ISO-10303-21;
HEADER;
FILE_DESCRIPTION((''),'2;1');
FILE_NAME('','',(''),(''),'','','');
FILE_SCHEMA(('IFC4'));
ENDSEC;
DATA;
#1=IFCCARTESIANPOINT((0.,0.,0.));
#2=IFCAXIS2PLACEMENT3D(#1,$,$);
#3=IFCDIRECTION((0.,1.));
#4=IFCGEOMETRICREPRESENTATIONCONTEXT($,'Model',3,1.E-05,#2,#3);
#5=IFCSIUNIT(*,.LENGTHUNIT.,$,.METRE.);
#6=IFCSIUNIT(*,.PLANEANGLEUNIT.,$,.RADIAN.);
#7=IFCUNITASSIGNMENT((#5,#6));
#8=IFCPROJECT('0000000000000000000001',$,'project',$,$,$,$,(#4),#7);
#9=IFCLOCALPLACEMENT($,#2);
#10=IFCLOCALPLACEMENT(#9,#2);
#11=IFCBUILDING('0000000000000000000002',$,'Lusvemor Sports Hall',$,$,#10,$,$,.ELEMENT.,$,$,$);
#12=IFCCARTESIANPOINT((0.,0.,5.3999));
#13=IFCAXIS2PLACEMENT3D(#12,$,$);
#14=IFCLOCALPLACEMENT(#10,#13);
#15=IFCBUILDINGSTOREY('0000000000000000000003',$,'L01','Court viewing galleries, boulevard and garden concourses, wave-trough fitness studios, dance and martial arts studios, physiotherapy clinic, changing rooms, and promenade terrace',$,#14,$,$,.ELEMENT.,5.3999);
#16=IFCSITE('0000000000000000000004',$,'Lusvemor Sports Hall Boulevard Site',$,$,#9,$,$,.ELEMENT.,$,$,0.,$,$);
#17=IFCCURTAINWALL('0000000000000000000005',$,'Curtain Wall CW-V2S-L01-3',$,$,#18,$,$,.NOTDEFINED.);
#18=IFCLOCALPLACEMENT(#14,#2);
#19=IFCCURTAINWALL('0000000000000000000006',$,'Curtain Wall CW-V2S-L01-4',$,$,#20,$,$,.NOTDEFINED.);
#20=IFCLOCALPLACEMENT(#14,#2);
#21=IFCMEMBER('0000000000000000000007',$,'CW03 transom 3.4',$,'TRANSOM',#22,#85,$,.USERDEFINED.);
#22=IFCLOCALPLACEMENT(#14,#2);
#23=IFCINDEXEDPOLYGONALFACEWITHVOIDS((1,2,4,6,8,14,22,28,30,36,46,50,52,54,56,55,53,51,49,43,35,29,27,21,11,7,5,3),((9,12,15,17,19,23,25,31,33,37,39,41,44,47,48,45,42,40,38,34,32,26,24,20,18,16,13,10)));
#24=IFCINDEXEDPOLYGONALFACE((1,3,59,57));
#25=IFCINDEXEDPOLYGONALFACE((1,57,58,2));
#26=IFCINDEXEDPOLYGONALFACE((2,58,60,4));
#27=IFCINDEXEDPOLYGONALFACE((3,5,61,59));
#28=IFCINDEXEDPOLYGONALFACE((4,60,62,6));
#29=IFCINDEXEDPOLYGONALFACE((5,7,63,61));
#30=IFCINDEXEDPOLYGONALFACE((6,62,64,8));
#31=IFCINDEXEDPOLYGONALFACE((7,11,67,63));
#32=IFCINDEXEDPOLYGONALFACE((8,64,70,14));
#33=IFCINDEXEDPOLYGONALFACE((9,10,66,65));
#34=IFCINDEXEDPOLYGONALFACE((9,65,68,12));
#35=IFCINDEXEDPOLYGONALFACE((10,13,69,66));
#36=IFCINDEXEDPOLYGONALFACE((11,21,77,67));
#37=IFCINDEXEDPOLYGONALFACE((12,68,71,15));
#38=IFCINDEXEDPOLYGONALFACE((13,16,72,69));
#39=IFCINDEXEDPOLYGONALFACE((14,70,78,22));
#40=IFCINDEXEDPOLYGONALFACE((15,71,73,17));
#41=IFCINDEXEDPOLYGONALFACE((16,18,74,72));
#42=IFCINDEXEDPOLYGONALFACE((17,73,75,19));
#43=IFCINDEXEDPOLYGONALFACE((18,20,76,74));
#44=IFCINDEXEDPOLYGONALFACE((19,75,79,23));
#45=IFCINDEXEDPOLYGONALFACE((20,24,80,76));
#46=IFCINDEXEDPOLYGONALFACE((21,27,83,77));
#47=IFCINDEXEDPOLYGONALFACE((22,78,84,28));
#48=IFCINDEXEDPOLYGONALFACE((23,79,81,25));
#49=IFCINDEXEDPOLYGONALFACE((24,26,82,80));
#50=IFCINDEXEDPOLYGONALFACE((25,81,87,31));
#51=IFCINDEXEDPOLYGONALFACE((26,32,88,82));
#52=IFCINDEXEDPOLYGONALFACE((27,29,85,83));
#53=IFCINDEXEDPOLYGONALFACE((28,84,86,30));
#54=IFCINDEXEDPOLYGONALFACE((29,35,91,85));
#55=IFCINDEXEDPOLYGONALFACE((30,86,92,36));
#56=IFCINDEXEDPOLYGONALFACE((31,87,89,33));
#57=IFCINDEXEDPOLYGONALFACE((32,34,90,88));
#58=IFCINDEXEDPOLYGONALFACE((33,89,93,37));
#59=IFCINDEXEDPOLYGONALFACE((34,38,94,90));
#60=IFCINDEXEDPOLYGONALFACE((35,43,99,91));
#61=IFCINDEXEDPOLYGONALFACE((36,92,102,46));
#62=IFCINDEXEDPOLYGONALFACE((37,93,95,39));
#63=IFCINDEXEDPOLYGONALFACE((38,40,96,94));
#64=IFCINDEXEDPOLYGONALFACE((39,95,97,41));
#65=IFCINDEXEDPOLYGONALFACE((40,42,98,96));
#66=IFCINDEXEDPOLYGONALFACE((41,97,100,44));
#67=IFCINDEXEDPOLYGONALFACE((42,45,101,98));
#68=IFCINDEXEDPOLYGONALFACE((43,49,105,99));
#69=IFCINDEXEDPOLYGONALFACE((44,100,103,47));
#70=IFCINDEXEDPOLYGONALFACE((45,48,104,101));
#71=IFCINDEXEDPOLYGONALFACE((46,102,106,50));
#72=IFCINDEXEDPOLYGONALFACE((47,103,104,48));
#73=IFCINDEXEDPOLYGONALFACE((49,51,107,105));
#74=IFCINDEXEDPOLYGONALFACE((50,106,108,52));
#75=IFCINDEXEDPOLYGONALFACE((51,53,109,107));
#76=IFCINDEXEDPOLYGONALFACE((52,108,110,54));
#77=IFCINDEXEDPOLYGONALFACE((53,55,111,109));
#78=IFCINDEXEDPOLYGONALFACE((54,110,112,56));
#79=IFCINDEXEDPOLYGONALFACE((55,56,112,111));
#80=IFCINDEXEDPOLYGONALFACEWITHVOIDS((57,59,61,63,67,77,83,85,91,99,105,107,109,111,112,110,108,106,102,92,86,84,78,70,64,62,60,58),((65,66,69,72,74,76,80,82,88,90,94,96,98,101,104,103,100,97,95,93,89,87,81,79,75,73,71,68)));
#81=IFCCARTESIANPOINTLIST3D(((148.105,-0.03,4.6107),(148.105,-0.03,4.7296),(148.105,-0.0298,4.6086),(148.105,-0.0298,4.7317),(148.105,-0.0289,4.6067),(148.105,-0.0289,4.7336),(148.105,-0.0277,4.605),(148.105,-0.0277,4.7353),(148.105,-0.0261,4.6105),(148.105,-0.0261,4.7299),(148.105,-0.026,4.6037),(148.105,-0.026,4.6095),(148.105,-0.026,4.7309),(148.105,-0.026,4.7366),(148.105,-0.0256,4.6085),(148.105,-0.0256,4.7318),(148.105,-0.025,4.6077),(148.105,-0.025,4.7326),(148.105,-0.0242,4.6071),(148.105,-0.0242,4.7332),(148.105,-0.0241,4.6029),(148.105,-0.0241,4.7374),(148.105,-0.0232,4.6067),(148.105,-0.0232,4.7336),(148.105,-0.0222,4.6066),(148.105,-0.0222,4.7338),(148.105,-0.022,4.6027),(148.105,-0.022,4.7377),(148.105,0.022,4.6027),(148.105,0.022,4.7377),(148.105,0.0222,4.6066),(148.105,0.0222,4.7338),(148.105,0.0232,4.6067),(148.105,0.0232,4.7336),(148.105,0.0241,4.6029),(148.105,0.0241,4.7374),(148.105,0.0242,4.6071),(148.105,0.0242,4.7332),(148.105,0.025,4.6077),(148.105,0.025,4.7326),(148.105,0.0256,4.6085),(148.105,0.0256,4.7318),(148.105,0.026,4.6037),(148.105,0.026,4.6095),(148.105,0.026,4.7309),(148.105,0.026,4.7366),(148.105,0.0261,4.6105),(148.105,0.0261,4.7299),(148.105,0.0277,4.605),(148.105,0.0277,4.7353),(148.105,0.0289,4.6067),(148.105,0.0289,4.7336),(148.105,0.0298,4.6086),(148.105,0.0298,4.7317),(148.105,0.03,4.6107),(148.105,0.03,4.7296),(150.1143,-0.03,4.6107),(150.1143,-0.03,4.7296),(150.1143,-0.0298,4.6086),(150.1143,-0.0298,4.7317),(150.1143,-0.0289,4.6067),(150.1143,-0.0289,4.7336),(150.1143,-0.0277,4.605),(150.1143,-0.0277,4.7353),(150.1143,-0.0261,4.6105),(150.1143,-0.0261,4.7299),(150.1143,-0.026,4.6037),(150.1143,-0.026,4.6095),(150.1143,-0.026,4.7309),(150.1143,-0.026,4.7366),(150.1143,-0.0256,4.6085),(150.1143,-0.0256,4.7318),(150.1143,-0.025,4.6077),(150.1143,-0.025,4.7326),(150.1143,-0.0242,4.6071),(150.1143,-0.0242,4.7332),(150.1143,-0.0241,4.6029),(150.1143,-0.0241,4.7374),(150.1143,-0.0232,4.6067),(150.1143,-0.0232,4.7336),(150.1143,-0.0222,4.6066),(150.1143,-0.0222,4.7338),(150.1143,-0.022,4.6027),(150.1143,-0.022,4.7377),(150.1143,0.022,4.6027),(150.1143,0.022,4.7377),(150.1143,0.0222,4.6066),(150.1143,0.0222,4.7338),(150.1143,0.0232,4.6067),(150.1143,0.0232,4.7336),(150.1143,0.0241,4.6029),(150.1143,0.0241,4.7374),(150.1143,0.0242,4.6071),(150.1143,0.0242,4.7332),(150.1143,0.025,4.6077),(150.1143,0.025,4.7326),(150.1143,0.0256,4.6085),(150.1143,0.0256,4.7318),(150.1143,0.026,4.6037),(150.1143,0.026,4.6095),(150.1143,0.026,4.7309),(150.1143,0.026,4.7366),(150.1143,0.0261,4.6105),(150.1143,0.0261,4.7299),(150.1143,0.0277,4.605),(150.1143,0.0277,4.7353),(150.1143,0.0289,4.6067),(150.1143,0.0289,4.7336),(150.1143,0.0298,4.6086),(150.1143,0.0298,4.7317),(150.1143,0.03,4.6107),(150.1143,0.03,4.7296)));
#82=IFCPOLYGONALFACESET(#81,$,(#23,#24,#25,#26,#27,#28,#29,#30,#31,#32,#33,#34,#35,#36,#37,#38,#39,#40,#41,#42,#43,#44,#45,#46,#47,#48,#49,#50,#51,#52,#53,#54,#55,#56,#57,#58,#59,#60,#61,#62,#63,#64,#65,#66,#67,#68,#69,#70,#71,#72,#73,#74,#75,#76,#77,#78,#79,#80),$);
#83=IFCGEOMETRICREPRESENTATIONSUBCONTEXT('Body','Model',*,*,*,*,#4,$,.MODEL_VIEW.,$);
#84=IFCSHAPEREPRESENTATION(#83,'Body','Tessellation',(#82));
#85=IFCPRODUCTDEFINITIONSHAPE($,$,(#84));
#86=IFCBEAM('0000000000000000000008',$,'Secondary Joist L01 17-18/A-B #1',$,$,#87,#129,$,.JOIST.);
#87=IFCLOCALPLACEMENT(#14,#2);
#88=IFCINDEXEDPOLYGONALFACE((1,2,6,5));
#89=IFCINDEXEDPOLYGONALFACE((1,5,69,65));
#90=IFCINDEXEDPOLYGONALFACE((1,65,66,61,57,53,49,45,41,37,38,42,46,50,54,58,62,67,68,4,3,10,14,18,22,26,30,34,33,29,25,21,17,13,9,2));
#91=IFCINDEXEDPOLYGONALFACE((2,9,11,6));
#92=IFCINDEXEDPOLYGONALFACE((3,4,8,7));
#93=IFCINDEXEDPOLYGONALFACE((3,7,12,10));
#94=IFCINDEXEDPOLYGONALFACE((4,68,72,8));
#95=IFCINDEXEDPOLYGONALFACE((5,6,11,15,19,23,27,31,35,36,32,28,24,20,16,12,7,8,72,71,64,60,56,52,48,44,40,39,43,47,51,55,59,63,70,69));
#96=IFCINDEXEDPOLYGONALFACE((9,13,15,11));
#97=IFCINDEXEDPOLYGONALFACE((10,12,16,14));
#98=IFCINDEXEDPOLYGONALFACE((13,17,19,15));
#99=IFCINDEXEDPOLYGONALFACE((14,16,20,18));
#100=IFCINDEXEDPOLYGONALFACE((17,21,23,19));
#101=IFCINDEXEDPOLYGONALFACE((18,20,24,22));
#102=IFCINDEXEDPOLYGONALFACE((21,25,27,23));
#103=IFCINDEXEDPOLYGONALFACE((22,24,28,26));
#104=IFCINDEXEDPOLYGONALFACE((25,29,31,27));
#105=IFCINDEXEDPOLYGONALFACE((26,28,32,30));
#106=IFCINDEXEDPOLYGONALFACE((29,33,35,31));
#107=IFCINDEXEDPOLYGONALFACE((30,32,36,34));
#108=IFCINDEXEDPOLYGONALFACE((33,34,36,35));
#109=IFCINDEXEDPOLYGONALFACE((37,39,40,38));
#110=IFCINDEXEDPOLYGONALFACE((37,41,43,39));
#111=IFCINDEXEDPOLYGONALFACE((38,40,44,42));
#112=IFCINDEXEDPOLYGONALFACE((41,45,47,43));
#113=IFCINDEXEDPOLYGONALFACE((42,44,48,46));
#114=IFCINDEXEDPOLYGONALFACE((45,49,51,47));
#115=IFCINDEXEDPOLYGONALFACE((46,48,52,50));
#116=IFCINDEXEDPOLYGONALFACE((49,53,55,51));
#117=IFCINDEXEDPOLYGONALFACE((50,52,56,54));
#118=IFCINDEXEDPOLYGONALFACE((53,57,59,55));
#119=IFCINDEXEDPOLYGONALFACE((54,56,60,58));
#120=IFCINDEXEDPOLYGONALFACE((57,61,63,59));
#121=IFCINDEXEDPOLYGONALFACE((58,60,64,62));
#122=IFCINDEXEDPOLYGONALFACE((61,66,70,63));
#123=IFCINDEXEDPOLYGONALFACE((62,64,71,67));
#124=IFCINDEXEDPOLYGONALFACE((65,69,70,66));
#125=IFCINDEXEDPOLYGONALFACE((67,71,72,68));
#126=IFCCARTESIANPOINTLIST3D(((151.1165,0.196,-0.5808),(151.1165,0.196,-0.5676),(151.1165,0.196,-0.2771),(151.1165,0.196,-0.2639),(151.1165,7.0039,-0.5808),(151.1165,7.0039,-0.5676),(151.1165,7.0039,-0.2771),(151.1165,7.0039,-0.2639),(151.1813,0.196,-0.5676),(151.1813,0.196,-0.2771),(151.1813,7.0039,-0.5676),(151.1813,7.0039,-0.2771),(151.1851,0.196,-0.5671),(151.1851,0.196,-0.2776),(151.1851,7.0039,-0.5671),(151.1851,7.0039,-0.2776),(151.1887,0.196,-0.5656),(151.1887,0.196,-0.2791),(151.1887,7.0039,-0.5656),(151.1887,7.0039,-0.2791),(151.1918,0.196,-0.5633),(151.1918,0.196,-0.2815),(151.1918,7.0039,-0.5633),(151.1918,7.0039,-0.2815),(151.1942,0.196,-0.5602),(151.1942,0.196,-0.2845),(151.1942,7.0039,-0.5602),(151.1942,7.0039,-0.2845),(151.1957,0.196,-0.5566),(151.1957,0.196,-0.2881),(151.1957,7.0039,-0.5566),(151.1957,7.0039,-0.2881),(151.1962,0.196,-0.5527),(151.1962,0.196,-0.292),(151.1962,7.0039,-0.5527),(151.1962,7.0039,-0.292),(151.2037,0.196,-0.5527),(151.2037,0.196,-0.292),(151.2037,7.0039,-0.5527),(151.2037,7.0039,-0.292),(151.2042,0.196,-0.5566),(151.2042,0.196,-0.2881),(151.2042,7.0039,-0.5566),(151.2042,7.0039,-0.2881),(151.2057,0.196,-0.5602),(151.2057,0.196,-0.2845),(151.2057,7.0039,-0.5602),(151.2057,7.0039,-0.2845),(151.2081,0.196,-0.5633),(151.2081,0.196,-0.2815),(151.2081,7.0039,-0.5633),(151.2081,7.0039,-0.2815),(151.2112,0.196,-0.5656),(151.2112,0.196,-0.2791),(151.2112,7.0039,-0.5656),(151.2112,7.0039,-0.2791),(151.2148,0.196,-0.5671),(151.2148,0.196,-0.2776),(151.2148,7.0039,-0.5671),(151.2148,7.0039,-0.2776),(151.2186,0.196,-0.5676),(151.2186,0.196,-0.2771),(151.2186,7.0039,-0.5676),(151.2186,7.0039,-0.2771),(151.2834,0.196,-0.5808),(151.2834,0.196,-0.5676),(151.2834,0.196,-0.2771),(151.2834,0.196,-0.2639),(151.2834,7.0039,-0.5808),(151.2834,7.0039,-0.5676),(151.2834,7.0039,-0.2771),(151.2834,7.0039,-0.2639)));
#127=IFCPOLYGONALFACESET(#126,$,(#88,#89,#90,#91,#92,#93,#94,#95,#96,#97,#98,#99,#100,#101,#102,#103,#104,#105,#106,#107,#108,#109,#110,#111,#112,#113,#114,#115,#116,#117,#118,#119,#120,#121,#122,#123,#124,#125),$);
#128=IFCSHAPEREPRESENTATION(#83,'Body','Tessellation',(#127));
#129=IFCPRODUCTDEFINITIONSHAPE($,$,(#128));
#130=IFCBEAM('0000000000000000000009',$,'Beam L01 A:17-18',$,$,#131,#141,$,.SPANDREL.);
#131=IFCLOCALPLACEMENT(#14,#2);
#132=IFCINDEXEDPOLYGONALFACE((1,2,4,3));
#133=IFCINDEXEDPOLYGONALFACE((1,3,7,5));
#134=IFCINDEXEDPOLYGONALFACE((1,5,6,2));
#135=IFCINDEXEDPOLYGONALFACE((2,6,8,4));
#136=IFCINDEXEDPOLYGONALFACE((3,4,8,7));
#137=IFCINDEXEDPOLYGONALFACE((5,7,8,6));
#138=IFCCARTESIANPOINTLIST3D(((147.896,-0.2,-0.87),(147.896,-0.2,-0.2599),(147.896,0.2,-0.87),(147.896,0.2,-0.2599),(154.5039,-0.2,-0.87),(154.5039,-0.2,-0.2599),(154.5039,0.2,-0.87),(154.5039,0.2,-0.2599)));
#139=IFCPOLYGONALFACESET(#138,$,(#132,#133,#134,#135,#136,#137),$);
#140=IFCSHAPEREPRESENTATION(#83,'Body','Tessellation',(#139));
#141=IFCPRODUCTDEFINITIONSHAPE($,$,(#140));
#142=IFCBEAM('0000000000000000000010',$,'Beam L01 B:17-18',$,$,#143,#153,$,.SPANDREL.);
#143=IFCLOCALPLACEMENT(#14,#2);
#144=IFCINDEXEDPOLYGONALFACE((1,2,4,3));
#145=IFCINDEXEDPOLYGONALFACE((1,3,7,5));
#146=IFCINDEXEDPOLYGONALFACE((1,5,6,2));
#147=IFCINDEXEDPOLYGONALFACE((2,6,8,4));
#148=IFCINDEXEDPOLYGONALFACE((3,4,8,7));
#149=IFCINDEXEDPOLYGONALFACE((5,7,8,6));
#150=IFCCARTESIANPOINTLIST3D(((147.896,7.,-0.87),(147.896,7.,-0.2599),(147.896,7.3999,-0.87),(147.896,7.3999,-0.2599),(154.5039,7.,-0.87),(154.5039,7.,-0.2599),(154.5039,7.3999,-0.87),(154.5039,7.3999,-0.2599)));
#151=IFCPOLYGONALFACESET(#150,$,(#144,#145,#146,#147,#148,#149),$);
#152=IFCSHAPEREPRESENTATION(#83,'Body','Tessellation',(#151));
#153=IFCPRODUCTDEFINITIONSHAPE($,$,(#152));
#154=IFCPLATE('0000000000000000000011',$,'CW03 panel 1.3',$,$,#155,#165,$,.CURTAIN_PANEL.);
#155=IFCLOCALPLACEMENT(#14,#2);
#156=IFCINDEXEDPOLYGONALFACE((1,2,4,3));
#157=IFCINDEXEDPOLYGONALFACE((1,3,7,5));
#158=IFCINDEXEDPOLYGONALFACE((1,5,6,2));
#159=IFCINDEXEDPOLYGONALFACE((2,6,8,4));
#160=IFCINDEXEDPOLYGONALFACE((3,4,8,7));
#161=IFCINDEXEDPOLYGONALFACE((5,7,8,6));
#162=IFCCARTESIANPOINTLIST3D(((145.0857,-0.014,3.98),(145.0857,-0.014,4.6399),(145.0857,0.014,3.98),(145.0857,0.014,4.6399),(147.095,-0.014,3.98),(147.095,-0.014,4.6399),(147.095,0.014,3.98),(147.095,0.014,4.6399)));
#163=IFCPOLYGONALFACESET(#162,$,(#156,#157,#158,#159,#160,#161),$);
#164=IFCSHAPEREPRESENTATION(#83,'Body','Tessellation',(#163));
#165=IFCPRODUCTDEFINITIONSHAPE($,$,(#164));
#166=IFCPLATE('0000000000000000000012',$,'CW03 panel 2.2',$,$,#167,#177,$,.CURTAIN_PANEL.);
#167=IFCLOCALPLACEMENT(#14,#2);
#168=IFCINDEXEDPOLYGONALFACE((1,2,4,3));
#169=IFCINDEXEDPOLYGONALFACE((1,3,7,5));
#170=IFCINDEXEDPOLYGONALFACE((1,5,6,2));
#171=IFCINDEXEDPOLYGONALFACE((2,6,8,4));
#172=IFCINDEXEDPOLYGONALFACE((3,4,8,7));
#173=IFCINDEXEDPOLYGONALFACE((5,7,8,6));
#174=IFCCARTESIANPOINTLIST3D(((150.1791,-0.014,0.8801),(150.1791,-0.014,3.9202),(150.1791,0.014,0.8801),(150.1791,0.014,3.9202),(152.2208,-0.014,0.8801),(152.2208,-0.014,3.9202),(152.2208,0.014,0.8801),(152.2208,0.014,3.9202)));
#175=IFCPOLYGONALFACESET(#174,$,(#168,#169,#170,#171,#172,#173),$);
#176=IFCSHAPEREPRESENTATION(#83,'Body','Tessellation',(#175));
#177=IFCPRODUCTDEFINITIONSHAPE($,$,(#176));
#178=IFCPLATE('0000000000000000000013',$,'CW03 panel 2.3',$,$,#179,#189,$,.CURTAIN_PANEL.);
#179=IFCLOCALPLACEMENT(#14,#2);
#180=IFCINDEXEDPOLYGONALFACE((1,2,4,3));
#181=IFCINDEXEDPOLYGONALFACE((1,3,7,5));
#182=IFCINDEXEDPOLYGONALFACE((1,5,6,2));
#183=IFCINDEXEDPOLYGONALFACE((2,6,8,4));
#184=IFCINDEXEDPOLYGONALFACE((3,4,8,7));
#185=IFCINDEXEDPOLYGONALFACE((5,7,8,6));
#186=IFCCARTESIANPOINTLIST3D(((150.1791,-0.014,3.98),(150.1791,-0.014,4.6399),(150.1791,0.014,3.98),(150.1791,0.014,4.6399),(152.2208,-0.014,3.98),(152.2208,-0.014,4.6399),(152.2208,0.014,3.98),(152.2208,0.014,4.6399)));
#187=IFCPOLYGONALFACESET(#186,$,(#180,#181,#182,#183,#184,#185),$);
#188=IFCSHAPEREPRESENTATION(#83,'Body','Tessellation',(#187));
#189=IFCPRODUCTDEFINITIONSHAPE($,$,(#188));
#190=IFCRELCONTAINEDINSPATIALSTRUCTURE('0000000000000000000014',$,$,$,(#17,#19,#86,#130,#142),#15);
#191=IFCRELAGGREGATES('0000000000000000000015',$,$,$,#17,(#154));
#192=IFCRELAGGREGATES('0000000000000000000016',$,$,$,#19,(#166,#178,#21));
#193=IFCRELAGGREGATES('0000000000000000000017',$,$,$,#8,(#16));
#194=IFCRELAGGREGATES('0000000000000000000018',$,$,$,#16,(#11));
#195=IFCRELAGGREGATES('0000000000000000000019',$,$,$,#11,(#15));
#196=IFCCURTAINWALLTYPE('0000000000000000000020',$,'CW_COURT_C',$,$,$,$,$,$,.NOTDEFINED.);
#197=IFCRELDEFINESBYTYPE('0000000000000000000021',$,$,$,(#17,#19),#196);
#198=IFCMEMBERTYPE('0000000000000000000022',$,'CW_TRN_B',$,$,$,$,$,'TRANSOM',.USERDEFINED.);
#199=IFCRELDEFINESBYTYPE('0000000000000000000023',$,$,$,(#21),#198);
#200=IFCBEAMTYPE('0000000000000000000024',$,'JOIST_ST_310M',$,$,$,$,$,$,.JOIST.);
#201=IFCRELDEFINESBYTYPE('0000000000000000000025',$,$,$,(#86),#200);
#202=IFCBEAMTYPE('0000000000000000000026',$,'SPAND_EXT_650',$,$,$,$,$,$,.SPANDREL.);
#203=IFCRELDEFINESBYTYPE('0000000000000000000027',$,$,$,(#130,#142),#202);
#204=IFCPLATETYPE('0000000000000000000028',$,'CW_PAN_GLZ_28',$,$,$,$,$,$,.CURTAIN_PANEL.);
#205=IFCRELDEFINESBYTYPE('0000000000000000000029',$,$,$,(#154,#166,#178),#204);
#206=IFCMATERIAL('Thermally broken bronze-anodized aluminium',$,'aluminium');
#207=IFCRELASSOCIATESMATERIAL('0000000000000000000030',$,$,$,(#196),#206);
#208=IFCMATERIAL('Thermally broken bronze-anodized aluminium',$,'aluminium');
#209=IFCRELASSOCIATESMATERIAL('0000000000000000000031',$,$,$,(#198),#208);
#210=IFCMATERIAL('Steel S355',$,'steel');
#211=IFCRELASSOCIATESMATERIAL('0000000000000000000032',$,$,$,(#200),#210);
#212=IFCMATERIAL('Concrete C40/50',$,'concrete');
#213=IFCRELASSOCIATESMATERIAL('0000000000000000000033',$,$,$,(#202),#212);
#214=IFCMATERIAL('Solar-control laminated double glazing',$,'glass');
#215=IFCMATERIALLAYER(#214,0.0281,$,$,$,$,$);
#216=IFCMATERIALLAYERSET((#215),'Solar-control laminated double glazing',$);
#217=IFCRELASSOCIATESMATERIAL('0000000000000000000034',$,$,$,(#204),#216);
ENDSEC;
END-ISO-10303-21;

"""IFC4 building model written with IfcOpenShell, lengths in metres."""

from ifc_helpers import new_model, si_unit, direction, frame, origin, origin_2d, place, context, subcontext, project, spatial, rectangle, hollow_rectangle, i_section, extrude, material, layer, layer_set, material_profile, profile_set, type_object, element, aggregate, save


model = new_model("IFC4")

# Units and contexts
model_context = context("Model", 3, precision=1e-05, world=origin(), true_north=direction((0.0, 1.0)))
body_context = subcontext(model_context, "Body", "Model", "MODEL_VIEW")
ifc_project = project(units=[si_unit("LENGTHUNIT", "METRE"), si_unit("PLANEANGLEUNIT", "RADIAN")], contexts=[model_context])

# Site, building, storey
site_placement = place(None, origin())
site = spatial("IfcSite", under=ifc_project, at=site_placement, Name="Lusvemor Sports Hall Boulevard Site", CompositionType="ELEMENT", RefElevation=0.0)
building_placement = place(site_placement, origin())
building = spatial("IfcBuilding", under=site, at=building_placement, Name="Lusvemor Sports Hall", CompositionType="ELEMENT")
storey_placement = place(building_placement, frame((0.0, 0.0, 5.3999)))
storey = spatial("IfcBuildingStorey", under=building, at=storey_placement, Name="L01", Description="Court viewing galleries, boulevard and garden concourses, wave-trough fitness studios, dance and martial arts studios, physiotherapy clinic, changing rooms, and promenade terrace", CompositionType="ELEMENT", Elevation=5.3999)

# Curtain wall
ifc_material_1 = material(Name="Thermally broken bronze-anodized aluminium", Category="aluminium")
curtain_wall_type = type_object("IfcCurtainWallType", Name="CW_COURT_C", PredefinedType="NOTDEFINED", material=ifc_material_1)
curtain_wall_1_placement = place(storey_placement, origin())
curtain_wall_1 = element("IfcCurtainWall", 1, at=curtain_wall_1_placement, inside=storey, type_object=curtain_wall_type, Name="Curtain Wall CW-V2S-L01-3", PredefinedType="NOTDEFINED")

# Curtain wall
curtain_wall_2_placement = place(storey_placement, origin())
curtain_wall_2 = element("IfcCurtainWall", 2, at=curtain_wall_2_placement, inside=storey, type_object=curtain_wall_type, Name="Curtain Wall CW-V2S-L01-4", PredefinedType="NOTDEFINED")

# Member
ifc_material_2 = material(Name="Thermally broken bronze-anodized aluminium", Category="aluminium")
ifc_material_profile_1 = material_profile(ifc_material_2, hollow_rectangle(XDim=0.0601, YDim=0.135, WallThickness=0.0039, InnerFilletRadius=0.0039, OuterFilletRadius=0.0081, at=origin_2d()), Name="CWTRN135x60x4")
ifc_profile_set_1 = profile_set([ifc_material_profile_1], Name="Thermally broken bronze-anodized aluminium")
member_type_1 = type_object("IfcMemberType", Name="CW_TRN_B", ElementType="TRANSOM", PredefinedType="USERDEFINED", material=ifc_profile_set_1)
member_1_placement = place(storey_placement, frame((150.1143, 0.0, 4.6702), z_axis=(-1.0, 0.0, 0.0), x_axis=(0.0, -1.0, 0.0)))
member_1 = element("IfcMember", 3, at=member_1_placement, type_object=member_type_1, Name="CW03 transom 3.4", ObjectType="TRANSOM", PredefinedType="USERDEFINED", context=body_context, shape_type="SweptSolid", body=[
    extrude(hollow_rectangle(XDim=0.0601, YDim=0.135, WallThickness=0.0039, InnerFilletRadius=0.0039, OuterFilletRadius=0.0081, at=origin_2d()), origin(), (0.0, 0.0, 1.0), 2.0093),
])

# Beams
ifc_material_3 = material(Name="Steel S355", Category="steel")
ifc_material_profile_2 = material_profile(ifc_material_3, i_section(OverallWidth=0.167, OverallDepth=0.3169, WebThickness=0.0076, FlangeThickness=0.0132, FilletRadius=0.0149, at=origin_2d()), Name="W310x52.0")
ifc_profile_set_2 = profile_set([ifc_material_profile_2], Name="Steel S355")
beam_type_1 = type_object("IfcBeamType", Name="JOIST_ST_310M", PredefinedType="JOIST", material=ifc_profile_set_2)
beam_1_placement = place(storey_placement, frame((151.2, 0.196, -0.4224), z_axis=(0.0, 1.0, 0.0), x_axis=(-1.0, 0.0, 0.0)))
element("IfcBeam", 4, at=beam_1_placement, inside=storey, type_object=beam_type_1, Name="Secondary Joist L01 17-18/A-B #1", PredefinedType="JOIST", context=body_context, shape_type="SweptSolid", body=[
    extrude(i_section(OverallWidth=0.167, OverallDepth=0.3169, WebThickness=0.0076, FlangeThickness=0.0132, FilletRadius=0.0149, at=origin_2d()), origin(), (0.0, 0.0, 1.0), 6.8079),
])
ifc_material_4 = material(Name="Concrete C40/50", Category="concrete")
ifc_material_profile_3 = material_profile(ifc_material_4, rectangle(XDim=0.3999, YDim=0.6101, at=origin_2d()), Name="RC400x610")
ifc_profile_set_3 = profile_set([ifc_material_profile_3], Name="Concrete C40/50")
beam_type_2 = type_object("IfcBeamType", Name="SPAND_EXT_650", PredefinedType="SPANDREL", material=ifc_profile_set_3)
for number, where, z_axis, x_axis, name in (
    (5, (147.896, 0.0, -0.5649), (1.0, 0.0, 0.0), (0.0, 1.0, 0.0), "Beam L01 A:17-18"),
    (6, (147.896, 7.2, -0.5649), (1.0, 0.0, 0.0), (0.0, 1.0, 0.0), "Beam L01 B:17-18"),
):
    element("IfcBeam", number, at=place(storey_placement, frame(where, z_axis=z_axis, x_axis=x_axis)), inside=storey, type_object=beam_type_2, Name=name, PredefinedType="SPANDREL", context=body_context, shape_type="SweptSolid", body=[
        extrude(rectangle(XDim=0.3999, YDim=0.6101, at=origin_2d()), origin(), (0.0, 0.0, 1.0), 6.6079),
    ])

# Plates
ifc_material_5 = material(Name="Solar-control laminated double glazing", Category="glass")
ifc_layer_1 = layer(ifc_material_5, 0.0281)
ifc_layer_set_1 = layer_set([ifc_layer_1], Name="Solar-control laminated double glazing")
plate_type_1 = type_object("IfcPlateType", Name="CW_PAN_GLZ_28", PredefinedType="CURTAIN_PANEL", material=ifc_layer_set_1)
plate_1_placement = place(storey_placement, frame((146.0903, 0.0, 3.98), z_axis=(0.0, 0.0, 1.0), x_axis=(-1.0, 0.0, 0.0)))
plate_1 = element("IfcPlate", 7, at=plate_1_placement, type_object=plate_type_1, Name="CW03 panel 1.3", PredefinedType="CURTAIN_PANEL", context=body_context, shape_type="SweptSolid", body=[
    extrude(rectangle(XDim=2.0093, YDim=0.0281, at=origin_2d()), origin(), (0.0, 0.0, 1.0), 0.6599),
])
aggregate(curtain_wall_1, [plate_1])
plate_2_placement = place(storey_placement, frame((151.2, 0.0, 0.8801), z_axis=(0.0, 0.0, 1.0), x_axis=(-1.0, 0.0, 0.0)))
plate_2 = element("IfcPlate", 8, at=plate_2_placement, type_object=plate_type_1, Name="CW03 panel 2.2", PredefinedType="CURTAIN_PANEL", context=body_context, shape_type="SweptSolid", body=[
    extrude(rectangle(XDim=2.0417, YDim=0.0281, at=origin_2d()), origin(), (0.0, 0.0, 1.0), 3.04),
])
plate_3_placement = place(storey_placement, frame((151.2, 0.0, 3.98), z_axis=(0.0, 0.0, 1.0), x_axis=(-1.0, 0.0, 0.0)))
plate_3 = element("IfcPlate", 9, at=plate_3_placement, type_object=plate_type_1, Name="CW03 panel 2.3", PredefinedType="CURTAIN_PANEL", context=body_context, shape_type="SweptSolid", body=[
    extrude(rectangle(XDim=2.0417, YDim=0.0281, at=origin_2d()), origin(), (0.0, 0.0, 1.0), 0.6599),
])
aggregate(curtain_wall_2, [plate_2, plate_3, member_1])

save(model, "model.ifc")
